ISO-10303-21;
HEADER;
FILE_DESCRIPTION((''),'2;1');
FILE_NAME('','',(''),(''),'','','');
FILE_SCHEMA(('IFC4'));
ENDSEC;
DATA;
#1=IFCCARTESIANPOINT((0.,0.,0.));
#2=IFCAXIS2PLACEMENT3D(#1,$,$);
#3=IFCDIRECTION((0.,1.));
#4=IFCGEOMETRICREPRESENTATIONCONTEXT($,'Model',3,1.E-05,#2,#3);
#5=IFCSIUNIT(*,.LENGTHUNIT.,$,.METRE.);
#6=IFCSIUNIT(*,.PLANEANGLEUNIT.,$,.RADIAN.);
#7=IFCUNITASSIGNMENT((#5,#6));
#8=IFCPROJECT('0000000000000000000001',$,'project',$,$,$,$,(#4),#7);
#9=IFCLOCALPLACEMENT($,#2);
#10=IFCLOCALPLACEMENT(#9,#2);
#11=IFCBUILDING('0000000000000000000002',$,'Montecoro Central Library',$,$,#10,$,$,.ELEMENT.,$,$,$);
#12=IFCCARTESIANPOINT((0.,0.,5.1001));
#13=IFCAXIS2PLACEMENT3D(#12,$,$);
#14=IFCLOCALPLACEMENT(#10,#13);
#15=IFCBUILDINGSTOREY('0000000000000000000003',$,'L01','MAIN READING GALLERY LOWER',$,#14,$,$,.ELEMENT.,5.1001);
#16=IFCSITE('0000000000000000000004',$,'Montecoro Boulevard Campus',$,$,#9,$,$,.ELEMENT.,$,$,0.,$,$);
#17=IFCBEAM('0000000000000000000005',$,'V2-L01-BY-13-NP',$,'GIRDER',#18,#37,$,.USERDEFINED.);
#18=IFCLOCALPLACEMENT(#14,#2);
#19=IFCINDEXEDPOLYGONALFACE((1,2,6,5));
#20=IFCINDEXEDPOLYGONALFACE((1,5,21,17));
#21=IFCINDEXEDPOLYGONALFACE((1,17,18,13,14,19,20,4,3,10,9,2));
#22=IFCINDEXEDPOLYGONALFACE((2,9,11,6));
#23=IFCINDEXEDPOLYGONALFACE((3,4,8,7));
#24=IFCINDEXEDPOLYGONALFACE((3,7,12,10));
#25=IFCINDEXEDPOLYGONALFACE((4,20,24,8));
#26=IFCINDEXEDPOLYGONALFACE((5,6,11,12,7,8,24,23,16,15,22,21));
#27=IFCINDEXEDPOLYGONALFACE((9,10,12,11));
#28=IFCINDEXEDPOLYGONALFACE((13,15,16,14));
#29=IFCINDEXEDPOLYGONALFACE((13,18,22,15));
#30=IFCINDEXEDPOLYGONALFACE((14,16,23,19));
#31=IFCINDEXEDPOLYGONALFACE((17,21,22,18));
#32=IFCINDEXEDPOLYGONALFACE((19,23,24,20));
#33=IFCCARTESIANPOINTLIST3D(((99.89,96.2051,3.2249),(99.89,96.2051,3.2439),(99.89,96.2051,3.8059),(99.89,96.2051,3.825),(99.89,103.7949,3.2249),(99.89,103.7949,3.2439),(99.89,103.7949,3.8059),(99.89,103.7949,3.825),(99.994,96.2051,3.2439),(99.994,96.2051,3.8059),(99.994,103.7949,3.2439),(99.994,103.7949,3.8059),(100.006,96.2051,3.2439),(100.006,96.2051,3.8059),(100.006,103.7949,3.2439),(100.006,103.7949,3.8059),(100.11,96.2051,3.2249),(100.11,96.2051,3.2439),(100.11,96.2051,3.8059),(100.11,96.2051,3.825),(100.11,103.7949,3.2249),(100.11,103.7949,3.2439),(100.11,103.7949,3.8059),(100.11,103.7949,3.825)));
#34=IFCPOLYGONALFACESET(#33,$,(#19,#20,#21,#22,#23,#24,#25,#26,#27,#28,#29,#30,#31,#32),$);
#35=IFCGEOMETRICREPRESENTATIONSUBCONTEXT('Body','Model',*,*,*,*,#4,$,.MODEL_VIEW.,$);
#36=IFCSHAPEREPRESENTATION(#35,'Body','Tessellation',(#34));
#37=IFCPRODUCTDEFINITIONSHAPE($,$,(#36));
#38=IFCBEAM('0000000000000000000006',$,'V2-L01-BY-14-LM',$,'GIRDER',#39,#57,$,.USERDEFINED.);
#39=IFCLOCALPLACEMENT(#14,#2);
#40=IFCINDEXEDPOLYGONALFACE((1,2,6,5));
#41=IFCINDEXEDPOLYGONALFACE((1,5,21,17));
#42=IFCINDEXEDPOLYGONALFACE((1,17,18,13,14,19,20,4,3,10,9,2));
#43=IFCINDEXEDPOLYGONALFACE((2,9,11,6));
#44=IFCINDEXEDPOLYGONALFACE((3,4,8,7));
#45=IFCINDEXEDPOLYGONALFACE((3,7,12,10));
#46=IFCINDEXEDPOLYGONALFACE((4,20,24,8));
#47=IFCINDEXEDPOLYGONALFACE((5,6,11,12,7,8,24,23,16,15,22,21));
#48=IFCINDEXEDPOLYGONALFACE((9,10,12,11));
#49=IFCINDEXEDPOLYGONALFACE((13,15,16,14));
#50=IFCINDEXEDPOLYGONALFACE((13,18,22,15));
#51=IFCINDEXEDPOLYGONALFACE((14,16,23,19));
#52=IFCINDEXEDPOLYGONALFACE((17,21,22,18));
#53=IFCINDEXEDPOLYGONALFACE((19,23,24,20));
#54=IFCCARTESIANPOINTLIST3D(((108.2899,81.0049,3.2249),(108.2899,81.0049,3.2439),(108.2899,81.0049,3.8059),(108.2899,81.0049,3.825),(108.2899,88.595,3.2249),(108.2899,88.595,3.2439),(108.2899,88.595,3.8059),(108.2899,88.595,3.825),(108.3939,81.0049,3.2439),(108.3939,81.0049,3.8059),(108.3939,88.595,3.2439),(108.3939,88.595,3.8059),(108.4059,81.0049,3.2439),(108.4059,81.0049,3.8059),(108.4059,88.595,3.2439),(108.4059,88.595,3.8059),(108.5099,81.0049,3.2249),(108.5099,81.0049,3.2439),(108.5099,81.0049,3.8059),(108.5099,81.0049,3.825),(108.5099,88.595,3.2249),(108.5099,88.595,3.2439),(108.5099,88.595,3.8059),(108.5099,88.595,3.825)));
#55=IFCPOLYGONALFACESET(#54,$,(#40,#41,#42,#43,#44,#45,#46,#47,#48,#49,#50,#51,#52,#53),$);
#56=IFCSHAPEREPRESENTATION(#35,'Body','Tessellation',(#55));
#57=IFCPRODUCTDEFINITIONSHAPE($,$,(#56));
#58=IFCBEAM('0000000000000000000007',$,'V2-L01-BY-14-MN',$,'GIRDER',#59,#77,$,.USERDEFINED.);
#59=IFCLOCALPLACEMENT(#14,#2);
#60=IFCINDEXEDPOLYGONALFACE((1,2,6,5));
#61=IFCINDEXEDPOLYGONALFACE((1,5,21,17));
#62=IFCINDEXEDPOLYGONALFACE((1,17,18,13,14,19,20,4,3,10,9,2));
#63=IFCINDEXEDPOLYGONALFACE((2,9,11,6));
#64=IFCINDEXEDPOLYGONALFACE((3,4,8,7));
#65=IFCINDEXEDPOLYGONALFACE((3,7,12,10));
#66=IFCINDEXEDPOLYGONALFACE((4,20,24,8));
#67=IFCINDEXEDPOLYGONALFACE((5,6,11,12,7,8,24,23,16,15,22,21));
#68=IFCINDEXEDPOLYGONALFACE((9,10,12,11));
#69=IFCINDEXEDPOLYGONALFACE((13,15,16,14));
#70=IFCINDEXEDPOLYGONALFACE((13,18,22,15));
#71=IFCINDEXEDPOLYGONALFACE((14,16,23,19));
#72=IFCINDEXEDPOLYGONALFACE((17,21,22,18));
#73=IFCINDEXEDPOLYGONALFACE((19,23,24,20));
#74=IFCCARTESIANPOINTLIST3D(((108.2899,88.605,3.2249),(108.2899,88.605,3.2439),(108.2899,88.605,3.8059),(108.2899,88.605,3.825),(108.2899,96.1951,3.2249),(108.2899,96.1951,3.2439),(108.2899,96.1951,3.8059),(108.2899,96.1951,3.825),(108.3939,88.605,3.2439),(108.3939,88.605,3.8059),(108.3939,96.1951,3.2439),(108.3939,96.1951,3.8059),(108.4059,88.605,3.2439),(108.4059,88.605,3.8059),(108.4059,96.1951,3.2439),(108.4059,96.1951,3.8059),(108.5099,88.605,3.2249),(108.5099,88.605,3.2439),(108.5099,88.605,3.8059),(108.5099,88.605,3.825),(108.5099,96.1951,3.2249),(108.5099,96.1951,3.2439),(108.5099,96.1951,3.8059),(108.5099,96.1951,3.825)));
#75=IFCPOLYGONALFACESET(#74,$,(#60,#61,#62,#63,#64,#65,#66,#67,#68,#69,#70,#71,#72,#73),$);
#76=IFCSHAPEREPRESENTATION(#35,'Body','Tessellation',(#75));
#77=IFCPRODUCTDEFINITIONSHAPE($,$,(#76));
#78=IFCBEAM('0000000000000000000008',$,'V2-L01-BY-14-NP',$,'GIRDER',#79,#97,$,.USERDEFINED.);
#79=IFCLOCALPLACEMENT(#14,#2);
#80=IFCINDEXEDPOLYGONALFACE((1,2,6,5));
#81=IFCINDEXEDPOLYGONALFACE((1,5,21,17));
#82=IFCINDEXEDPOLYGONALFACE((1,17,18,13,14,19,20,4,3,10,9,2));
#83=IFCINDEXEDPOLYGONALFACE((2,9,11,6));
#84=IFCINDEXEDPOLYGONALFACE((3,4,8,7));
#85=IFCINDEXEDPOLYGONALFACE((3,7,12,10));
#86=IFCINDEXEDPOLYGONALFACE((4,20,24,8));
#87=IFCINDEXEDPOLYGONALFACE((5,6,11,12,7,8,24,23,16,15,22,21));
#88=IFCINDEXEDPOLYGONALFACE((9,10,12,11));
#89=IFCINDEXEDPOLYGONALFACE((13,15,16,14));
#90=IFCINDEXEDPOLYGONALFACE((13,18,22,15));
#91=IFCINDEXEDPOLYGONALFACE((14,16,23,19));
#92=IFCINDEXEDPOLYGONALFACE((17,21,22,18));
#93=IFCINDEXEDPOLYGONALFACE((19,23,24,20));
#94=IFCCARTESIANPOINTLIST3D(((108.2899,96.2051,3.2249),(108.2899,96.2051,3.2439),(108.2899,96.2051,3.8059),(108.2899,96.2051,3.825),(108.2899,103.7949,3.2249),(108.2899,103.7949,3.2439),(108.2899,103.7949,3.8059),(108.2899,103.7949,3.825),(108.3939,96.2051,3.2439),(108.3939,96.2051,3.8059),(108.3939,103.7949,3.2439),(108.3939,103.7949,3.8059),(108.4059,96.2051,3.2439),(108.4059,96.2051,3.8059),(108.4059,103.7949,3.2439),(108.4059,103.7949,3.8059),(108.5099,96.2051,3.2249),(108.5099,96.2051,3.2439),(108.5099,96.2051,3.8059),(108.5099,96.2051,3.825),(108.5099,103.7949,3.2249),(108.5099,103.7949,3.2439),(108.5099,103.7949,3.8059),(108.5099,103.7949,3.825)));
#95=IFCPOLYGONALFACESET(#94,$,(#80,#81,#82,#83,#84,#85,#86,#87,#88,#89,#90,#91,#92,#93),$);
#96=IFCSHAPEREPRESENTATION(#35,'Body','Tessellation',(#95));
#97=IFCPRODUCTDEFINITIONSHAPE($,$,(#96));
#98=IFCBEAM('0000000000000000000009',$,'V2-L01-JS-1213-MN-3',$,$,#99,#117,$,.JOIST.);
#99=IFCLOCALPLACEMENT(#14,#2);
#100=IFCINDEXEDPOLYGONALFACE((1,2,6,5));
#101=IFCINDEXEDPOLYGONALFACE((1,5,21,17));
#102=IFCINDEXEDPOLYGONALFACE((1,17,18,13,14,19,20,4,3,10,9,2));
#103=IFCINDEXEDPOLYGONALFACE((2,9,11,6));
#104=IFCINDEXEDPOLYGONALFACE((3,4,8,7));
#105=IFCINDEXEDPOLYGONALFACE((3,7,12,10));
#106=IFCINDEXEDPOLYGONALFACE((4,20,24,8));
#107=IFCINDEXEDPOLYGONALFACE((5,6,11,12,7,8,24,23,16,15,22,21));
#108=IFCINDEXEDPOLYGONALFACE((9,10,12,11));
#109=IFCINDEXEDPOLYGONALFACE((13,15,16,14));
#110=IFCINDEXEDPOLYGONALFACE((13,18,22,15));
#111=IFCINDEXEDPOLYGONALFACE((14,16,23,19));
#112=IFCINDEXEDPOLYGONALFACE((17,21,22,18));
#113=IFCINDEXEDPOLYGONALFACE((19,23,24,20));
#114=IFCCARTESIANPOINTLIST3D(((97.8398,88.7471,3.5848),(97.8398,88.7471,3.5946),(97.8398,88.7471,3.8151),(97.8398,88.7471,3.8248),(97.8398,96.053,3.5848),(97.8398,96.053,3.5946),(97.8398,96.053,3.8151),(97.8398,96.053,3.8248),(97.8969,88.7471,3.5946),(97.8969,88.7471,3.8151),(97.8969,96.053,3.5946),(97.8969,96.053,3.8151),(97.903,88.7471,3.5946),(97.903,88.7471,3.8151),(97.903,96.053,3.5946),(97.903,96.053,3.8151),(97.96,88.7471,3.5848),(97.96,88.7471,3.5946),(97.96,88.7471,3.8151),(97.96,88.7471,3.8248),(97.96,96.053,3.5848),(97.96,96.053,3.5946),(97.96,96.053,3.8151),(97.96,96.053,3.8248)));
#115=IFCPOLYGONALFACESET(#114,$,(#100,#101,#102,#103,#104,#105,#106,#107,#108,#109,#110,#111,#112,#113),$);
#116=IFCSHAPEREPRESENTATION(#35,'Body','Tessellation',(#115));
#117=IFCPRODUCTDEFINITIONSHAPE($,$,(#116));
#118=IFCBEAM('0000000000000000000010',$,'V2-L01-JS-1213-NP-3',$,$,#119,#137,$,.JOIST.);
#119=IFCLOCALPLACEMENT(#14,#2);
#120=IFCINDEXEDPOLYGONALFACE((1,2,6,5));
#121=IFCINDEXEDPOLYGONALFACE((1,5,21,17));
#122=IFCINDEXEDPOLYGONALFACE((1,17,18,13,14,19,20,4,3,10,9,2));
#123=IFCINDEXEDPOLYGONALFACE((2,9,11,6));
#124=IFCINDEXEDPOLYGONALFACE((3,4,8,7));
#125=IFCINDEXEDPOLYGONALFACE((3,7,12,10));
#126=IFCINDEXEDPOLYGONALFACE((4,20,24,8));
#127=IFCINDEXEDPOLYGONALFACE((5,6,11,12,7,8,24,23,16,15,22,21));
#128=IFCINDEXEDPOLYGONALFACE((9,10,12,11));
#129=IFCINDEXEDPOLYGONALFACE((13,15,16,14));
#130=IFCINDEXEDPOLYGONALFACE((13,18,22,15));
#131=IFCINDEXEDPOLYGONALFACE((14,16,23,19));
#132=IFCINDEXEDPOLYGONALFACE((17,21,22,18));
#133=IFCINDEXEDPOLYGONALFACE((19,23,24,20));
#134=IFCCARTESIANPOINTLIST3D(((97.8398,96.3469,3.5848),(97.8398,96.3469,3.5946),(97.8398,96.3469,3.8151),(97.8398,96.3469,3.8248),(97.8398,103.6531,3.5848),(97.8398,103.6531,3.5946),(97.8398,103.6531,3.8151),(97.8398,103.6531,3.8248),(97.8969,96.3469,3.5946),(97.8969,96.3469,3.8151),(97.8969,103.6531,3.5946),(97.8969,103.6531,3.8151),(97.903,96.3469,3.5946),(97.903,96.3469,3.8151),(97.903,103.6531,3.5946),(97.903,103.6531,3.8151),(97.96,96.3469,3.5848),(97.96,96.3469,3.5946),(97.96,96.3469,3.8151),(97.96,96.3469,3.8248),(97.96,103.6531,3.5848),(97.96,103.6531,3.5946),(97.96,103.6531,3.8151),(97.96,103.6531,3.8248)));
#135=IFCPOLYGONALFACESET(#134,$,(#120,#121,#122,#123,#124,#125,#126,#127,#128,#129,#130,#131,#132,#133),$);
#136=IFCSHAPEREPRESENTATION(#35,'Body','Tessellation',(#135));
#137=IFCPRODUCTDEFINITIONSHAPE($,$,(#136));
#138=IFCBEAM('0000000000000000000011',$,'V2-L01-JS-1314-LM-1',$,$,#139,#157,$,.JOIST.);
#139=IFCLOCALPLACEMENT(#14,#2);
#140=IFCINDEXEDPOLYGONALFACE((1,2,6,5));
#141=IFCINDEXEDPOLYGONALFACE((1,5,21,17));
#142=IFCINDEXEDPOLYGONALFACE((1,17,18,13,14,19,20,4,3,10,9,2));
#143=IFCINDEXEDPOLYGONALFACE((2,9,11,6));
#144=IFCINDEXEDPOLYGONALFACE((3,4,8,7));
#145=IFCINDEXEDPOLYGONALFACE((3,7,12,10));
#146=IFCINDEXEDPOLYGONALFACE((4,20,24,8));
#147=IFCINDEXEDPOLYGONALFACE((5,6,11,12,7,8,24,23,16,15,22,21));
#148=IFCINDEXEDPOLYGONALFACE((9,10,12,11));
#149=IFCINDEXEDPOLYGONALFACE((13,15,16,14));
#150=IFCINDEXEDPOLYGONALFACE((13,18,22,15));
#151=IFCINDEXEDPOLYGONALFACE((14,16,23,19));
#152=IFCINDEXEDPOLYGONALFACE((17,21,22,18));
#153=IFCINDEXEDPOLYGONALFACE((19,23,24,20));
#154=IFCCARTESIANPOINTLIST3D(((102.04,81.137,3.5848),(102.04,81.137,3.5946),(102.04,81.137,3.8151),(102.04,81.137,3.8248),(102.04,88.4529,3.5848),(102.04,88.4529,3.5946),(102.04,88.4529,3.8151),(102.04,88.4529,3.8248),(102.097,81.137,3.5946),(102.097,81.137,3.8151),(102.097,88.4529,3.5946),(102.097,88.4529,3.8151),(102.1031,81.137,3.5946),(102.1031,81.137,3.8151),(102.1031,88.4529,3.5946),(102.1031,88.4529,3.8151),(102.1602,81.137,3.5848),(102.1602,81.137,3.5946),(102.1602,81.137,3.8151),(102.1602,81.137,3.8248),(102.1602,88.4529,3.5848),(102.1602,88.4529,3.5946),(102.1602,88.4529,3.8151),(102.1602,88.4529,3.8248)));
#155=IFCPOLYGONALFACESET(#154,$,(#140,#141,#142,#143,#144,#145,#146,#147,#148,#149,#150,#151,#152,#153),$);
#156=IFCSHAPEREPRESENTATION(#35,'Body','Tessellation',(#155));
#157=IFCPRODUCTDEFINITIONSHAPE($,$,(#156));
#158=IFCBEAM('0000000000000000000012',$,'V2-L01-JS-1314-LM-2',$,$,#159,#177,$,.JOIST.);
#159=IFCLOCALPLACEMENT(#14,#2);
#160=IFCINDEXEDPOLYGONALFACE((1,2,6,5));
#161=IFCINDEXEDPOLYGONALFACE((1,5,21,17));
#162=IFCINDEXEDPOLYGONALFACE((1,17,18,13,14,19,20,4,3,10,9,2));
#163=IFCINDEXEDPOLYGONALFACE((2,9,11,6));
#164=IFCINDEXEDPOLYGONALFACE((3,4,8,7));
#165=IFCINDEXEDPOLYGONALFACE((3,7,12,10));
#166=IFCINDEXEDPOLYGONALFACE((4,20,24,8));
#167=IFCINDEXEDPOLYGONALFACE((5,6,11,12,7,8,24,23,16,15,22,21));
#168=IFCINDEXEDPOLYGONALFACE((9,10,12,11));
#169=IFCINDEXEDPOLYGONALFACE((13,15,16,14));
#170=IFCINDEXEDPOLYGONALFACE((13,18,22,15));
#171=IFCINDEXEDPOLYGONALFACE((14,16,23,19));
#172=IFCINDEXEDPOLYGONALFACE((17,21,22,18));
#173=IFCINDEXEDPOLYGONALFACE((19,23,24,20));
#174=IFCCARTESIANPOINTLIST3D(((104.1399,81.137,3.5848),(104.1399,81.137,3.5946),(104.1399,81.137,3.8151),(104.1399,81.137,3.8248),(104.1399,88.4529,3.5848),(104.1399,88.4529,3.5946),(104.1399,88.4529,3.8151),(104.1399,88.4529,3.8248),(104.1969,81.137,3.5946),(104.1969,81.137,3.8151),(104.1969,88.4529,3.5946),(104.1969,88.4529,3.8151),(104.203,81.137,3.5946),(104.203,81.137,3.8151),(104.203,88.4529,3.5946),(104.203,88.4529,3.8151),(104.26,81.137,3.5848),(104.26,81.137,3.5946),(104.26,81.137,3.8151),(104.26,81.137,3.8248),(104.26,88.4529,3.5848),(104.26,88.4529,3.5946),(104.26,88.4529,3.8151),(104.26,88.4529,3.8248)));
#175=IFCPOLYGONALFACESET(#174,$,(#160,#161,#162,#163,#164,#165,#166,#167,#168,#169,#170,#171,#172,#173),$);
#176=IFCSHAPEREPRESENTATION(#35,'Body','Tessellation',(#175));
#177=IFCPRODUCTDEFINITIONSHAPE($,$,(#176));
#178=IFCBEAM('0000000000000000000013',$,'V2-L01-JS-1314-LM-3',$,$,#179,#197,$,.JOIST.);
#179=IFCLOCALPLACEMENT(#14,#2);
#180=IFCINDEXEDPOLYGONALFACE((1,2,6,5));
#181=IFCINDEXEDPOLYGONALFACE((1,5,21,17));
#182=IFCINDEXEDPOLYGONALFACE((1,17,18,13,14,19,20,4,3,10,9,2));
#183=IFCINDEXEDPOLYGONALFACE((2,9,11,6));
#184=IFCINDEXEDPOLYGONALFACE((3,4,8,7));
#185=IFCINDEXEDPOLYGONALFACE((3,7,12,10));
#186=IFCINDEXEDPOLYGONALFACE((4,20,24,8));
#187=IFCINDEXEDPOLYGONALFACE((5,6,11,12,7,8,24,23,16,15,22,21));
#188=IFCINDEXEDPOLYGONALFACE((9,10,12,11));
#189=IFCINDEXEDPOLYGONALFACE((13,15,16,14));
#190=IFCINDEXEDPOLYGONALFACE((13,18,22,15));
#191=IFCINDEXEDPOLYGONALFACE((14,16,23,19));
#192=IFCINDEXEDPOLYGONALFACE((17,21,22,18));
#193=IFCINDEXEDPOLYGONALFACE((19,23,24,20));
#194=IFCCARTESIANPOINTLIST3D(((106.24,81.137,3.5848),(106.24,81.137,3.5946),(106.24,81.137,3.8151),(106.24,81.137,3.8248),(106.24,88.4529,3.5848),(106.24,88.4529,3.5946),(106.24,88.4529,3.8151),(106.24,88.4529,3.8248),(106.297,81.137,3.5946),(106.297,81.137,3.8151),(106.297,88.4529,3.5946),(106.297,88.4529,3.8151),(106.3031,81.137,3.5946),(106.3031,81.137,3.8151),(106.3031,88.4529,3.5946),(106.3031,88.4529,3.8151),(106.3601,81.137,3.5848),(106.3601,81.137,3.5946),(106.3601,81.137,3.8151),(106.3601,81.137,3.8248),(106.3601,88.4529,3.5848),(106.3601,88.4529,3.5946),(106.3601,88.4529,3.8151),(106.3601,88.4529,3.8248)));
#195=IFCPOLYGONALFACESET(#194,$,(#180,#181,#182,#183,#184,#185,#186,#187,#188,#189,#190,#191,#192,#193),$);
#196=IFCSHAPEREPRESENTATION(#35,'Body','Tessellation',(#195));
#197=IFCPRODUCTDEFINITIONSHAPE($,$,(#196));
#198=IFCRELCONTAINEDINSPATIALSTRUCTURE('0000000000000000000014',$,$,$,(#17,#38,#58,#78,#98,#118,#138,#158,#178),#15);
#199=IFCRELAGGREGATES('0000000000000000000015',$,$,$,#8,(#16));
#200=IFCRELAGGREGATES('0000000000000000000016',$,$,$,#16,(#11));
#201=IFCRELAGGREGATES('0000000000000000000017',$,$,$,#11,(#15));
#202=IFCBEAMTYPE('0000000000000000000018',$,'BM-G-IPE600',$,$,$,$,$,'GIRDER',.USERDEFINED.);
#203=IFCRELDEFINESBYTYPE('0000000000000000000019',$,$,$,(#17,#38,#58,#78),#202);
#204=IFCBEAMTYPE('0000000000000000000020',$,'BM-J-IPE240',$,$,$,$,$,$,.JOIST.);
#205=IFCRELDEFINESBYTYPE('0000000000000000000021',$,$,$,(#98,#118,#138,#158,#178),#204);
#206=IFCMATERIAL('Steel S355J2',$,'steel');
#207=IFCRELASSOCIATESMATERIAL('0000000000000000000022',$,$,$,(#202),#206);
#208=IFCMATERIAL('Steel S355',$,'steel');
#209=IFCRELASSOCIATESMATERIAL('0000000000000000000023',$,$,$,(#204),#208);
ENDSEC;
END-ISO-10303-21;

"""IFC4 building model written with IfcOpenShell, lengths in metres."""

from ifc_helpers import new_model, si_unit, direction, frame, origin, origin_2d, place, context, subcontext, project, spatial, i_section, extrude, material, material_profile, profile_set, type_object, element, save


model = new_model("IFC4")

# Units and contexts
model_context = context("Model", 3, precision=1e-05, world=origin(), true_north=direction((0.0, 1.0)))
body_context = subcontext(model_context, "Body", "Model", "MODEL_VIEW")
ifc_project = project(units=[si_unit("LENGTHUNIT", "METRE"), si_unit("PLANEANGLEUNIT", "RADIAN")], contexts=[model_context])

# Site, building, storey
site_placement = place(None, origin())
site = spatial("IfcSite", under=ifc_project, at=site_placement, Name="Montecoro Boulevard Campus", CompositionType="ELEMENT", RefElevation=0.0)
building_placement = place(site_placement, origin())
building = spatial("IfcBuilding", under=site, at=building_placement, Name="Montecoro Central Library", CompositionType="ELEMENT")
storey_placement = place(building_placement, frame((0.0, 0.0, 5.1001)))
storey = spatial("IfcBuildingStorey", under=building, at=storey_placement, Name="L01", Description="MAIN READING GALLERY LOWER", CompositionType="ELEMENT", Elevation=5.1001)

# Shared definitions
ifc_material_1 = material(Name="Steel S355J2", Category="steel")

# Beams
ifc_material_profile_1 = material_profile(ifc_material_1, i_section(OverallWidth=0.22, OverallDepth=0.6001, WebThickness=0.012, FlangeThickness=0.019, at=origin_2d()), Name="IPE 600")
ifc_profile_set_1 = profile_set([ifc_material_profile_1], Name="Steel S355J2")
beam_type_1 = type_object("IfcBeamType", Name="BM-G-IPE600", ElementType="GIRDER", PredefinedType="USERDEFINED", material=ifc_profile_set_1)
beam_1_placement = place(storey_placement, frame((100.0, 96.2051, 3.5249), z_axis=(0.0, 1.0, 0.0), x_axis=(-1.0, 0.0, 0.0)))
element("IfcBeam", 1, at=beam_1_placement, inside=storey, type_object=beam_type_1, Name="V2-L01-BY-13-NP", ObjectType="GIRDER", PredefinedType="USERDEFINED", context=body_context, shape_type="SweptSolid", body=[
    extrude(i_section(OverallWidth=0.22, OverallDepth=0.6001, WebThickness=0.012, FlangeThickness=0.019, at=origin_2d()), origin(), (0.0, 0.0, 1.0), 7.5898),
])
for number, where, z_axis, x_axis, name in (
    (2, (108.3999, 81.0049, 3.5249), (0.0, 1.0, 0.0), (-1.0, 0.0, 0.0), "V2-L01-BY-14-LM"),
    (3, (108.3999, 88.605, 3.5249), (0.0, 1.0, 0.0), (-1.0, 0.0, 0.0), "V2-L01-BY-14-MN"),
):
    element("IfcBeam", number, at=place(storey_placement, frame(where, z_axis=z_axis, x_axis=x_axis)), inside=storey, type_object=beam_type_1, Name=name, ObjectType="GIRDER", PredefinedType="USERDEFINED", context=body_context, shape_type="SweptSolid", body=[
        extrude(i_section(OverallWidth=0.22, OverallDepth=0.6001, WebThickness=0.012, FlangeThickness=0.019, at=origin_2d()), origin(), (0.0, 0.0, 1.0), 7.5901),
    ])
beam_2_placement = place(storey_placement, frame((108.3999, 96.2051, 3.5249), z_axis=(0.0, 1.0, 0.0), x_axis=(-1.0, 0.0, 0.0)))
element("IfcBeam", 4, at=beam_2_placement, inside=storey, type_object=beam_type_1, Name="V2-L01-BY-14-NP", ObjectType="GIRDER", PredefinedType="USERDEFINED", context=body_context, shape_type="SweptSolid", body=[
    extrude(i_section(OverallWidth=0.22, OverallDepth=0.6001, WebThickness=0.012, FlangeThickness=0.019, at=origin_2d()), origin(), (0.0, 0.0, 1.0), 7.5898),
])
ifc_material_2 = material(Name="Steel S355", Category="steel")
ifc_material_profile_2 = material_profile(ifc_material_2, i_section(OverallWidth=0.1201, OverallDepth=0.24, WebThickness=0.0061, FlangeThickness=0.0098, at=origin_2d()), Name="IPE 240")
ifc_profile_set_2 = profile_set([ifc_material_profile_2], Name="Steel S355")
beam_type_2 = type_object("IfcBeamType", Name="BM-J-IPE240", PredefinedType="JOIST", material=ifc_profile_set_2)
beam_3_placement = place(storey_placement, frame((97.8999, 88.7471, 3.7048), z_axis=(0.0, 1.0, 0.0), x_axis=(-1.0, 0.0, 0.0)))
element("IfcBeam", 5, at=beam_3_placement, inside=storey, type_object=beam_type_2, Name="V2-L01-JS-1213-MN-3", PredefinedType="JOIST", context=body_context, shape_type="SweptSolid", body=[
    extrude(i_section(OverallWidth=0.1201, OverallDepth=0.24, WebThickness=0.0061, FlangeThickness=0.0098, at=origin_2d()), origin(), (0.0, 0.0, 1.0), 7.3059),
])
beam_4_placement = place(storey_placement, frame((97.8999, 96.3469, 3.7048), z_axis=(0.0, 1.0, 0.0), x_axis=(-1.0, 0.0, 0.0)))
element("IfcBeam", 6, at=beam_4_placement, inside=storey, type_object=beam_type_2, Name="V2-L01-JS-1213-NP-3", PredefinedType="JOIST", context=body_context, shape_type="SweptSolid", body=[
    extrude(i_section(OverallWidth=0.1201, OverallDepth=0.24, WebThickness=0.0061, FlangeThickness=0.0098, at=origin_2d()), origin(), (0.0, 0.0, 1.0), 7.3062),
])
for number, where, z_axis, x_axis, name in (
    (7, (102.1001, 81.137, 3.7048), (0.0, 1.0, 0.0), (-1.0, 0.0, 0.0), "V2-L01-JS-1314-LM-1"),
    (8, (104.2, 81.137, 3.7048), (0.0, 1.0, 0.0), (-1.0, 0.0, 0.0), "V2-L01-JS-1314-LM-2"),
    (9, (106.3, 81.137, 3.7048), (0.0, 1.0, 0.0), (-1.0, 0.0, 0.0), "V2-L01-JS-1314-LM-3"),
):
    element("IfcBeam", number, at=place(storey_placement, frame(where, z_axis=z_axis, x_axis=x_axis)), inside=storey, type_object=beam_type_2, Name=name, PredefinedType="JOIST", context=body_context, shape_type="SweptSolid", body=[
        extrude(i_section(OverallWidth=0.1201, OverallDepth=0.24, WebThickness=0.0061, FlangeThickness=0.0098, at=origin_2d()), origin(), (0.0, 0.0, 1.0), 7.3159),
    ])

save(model, "model.ifc")
